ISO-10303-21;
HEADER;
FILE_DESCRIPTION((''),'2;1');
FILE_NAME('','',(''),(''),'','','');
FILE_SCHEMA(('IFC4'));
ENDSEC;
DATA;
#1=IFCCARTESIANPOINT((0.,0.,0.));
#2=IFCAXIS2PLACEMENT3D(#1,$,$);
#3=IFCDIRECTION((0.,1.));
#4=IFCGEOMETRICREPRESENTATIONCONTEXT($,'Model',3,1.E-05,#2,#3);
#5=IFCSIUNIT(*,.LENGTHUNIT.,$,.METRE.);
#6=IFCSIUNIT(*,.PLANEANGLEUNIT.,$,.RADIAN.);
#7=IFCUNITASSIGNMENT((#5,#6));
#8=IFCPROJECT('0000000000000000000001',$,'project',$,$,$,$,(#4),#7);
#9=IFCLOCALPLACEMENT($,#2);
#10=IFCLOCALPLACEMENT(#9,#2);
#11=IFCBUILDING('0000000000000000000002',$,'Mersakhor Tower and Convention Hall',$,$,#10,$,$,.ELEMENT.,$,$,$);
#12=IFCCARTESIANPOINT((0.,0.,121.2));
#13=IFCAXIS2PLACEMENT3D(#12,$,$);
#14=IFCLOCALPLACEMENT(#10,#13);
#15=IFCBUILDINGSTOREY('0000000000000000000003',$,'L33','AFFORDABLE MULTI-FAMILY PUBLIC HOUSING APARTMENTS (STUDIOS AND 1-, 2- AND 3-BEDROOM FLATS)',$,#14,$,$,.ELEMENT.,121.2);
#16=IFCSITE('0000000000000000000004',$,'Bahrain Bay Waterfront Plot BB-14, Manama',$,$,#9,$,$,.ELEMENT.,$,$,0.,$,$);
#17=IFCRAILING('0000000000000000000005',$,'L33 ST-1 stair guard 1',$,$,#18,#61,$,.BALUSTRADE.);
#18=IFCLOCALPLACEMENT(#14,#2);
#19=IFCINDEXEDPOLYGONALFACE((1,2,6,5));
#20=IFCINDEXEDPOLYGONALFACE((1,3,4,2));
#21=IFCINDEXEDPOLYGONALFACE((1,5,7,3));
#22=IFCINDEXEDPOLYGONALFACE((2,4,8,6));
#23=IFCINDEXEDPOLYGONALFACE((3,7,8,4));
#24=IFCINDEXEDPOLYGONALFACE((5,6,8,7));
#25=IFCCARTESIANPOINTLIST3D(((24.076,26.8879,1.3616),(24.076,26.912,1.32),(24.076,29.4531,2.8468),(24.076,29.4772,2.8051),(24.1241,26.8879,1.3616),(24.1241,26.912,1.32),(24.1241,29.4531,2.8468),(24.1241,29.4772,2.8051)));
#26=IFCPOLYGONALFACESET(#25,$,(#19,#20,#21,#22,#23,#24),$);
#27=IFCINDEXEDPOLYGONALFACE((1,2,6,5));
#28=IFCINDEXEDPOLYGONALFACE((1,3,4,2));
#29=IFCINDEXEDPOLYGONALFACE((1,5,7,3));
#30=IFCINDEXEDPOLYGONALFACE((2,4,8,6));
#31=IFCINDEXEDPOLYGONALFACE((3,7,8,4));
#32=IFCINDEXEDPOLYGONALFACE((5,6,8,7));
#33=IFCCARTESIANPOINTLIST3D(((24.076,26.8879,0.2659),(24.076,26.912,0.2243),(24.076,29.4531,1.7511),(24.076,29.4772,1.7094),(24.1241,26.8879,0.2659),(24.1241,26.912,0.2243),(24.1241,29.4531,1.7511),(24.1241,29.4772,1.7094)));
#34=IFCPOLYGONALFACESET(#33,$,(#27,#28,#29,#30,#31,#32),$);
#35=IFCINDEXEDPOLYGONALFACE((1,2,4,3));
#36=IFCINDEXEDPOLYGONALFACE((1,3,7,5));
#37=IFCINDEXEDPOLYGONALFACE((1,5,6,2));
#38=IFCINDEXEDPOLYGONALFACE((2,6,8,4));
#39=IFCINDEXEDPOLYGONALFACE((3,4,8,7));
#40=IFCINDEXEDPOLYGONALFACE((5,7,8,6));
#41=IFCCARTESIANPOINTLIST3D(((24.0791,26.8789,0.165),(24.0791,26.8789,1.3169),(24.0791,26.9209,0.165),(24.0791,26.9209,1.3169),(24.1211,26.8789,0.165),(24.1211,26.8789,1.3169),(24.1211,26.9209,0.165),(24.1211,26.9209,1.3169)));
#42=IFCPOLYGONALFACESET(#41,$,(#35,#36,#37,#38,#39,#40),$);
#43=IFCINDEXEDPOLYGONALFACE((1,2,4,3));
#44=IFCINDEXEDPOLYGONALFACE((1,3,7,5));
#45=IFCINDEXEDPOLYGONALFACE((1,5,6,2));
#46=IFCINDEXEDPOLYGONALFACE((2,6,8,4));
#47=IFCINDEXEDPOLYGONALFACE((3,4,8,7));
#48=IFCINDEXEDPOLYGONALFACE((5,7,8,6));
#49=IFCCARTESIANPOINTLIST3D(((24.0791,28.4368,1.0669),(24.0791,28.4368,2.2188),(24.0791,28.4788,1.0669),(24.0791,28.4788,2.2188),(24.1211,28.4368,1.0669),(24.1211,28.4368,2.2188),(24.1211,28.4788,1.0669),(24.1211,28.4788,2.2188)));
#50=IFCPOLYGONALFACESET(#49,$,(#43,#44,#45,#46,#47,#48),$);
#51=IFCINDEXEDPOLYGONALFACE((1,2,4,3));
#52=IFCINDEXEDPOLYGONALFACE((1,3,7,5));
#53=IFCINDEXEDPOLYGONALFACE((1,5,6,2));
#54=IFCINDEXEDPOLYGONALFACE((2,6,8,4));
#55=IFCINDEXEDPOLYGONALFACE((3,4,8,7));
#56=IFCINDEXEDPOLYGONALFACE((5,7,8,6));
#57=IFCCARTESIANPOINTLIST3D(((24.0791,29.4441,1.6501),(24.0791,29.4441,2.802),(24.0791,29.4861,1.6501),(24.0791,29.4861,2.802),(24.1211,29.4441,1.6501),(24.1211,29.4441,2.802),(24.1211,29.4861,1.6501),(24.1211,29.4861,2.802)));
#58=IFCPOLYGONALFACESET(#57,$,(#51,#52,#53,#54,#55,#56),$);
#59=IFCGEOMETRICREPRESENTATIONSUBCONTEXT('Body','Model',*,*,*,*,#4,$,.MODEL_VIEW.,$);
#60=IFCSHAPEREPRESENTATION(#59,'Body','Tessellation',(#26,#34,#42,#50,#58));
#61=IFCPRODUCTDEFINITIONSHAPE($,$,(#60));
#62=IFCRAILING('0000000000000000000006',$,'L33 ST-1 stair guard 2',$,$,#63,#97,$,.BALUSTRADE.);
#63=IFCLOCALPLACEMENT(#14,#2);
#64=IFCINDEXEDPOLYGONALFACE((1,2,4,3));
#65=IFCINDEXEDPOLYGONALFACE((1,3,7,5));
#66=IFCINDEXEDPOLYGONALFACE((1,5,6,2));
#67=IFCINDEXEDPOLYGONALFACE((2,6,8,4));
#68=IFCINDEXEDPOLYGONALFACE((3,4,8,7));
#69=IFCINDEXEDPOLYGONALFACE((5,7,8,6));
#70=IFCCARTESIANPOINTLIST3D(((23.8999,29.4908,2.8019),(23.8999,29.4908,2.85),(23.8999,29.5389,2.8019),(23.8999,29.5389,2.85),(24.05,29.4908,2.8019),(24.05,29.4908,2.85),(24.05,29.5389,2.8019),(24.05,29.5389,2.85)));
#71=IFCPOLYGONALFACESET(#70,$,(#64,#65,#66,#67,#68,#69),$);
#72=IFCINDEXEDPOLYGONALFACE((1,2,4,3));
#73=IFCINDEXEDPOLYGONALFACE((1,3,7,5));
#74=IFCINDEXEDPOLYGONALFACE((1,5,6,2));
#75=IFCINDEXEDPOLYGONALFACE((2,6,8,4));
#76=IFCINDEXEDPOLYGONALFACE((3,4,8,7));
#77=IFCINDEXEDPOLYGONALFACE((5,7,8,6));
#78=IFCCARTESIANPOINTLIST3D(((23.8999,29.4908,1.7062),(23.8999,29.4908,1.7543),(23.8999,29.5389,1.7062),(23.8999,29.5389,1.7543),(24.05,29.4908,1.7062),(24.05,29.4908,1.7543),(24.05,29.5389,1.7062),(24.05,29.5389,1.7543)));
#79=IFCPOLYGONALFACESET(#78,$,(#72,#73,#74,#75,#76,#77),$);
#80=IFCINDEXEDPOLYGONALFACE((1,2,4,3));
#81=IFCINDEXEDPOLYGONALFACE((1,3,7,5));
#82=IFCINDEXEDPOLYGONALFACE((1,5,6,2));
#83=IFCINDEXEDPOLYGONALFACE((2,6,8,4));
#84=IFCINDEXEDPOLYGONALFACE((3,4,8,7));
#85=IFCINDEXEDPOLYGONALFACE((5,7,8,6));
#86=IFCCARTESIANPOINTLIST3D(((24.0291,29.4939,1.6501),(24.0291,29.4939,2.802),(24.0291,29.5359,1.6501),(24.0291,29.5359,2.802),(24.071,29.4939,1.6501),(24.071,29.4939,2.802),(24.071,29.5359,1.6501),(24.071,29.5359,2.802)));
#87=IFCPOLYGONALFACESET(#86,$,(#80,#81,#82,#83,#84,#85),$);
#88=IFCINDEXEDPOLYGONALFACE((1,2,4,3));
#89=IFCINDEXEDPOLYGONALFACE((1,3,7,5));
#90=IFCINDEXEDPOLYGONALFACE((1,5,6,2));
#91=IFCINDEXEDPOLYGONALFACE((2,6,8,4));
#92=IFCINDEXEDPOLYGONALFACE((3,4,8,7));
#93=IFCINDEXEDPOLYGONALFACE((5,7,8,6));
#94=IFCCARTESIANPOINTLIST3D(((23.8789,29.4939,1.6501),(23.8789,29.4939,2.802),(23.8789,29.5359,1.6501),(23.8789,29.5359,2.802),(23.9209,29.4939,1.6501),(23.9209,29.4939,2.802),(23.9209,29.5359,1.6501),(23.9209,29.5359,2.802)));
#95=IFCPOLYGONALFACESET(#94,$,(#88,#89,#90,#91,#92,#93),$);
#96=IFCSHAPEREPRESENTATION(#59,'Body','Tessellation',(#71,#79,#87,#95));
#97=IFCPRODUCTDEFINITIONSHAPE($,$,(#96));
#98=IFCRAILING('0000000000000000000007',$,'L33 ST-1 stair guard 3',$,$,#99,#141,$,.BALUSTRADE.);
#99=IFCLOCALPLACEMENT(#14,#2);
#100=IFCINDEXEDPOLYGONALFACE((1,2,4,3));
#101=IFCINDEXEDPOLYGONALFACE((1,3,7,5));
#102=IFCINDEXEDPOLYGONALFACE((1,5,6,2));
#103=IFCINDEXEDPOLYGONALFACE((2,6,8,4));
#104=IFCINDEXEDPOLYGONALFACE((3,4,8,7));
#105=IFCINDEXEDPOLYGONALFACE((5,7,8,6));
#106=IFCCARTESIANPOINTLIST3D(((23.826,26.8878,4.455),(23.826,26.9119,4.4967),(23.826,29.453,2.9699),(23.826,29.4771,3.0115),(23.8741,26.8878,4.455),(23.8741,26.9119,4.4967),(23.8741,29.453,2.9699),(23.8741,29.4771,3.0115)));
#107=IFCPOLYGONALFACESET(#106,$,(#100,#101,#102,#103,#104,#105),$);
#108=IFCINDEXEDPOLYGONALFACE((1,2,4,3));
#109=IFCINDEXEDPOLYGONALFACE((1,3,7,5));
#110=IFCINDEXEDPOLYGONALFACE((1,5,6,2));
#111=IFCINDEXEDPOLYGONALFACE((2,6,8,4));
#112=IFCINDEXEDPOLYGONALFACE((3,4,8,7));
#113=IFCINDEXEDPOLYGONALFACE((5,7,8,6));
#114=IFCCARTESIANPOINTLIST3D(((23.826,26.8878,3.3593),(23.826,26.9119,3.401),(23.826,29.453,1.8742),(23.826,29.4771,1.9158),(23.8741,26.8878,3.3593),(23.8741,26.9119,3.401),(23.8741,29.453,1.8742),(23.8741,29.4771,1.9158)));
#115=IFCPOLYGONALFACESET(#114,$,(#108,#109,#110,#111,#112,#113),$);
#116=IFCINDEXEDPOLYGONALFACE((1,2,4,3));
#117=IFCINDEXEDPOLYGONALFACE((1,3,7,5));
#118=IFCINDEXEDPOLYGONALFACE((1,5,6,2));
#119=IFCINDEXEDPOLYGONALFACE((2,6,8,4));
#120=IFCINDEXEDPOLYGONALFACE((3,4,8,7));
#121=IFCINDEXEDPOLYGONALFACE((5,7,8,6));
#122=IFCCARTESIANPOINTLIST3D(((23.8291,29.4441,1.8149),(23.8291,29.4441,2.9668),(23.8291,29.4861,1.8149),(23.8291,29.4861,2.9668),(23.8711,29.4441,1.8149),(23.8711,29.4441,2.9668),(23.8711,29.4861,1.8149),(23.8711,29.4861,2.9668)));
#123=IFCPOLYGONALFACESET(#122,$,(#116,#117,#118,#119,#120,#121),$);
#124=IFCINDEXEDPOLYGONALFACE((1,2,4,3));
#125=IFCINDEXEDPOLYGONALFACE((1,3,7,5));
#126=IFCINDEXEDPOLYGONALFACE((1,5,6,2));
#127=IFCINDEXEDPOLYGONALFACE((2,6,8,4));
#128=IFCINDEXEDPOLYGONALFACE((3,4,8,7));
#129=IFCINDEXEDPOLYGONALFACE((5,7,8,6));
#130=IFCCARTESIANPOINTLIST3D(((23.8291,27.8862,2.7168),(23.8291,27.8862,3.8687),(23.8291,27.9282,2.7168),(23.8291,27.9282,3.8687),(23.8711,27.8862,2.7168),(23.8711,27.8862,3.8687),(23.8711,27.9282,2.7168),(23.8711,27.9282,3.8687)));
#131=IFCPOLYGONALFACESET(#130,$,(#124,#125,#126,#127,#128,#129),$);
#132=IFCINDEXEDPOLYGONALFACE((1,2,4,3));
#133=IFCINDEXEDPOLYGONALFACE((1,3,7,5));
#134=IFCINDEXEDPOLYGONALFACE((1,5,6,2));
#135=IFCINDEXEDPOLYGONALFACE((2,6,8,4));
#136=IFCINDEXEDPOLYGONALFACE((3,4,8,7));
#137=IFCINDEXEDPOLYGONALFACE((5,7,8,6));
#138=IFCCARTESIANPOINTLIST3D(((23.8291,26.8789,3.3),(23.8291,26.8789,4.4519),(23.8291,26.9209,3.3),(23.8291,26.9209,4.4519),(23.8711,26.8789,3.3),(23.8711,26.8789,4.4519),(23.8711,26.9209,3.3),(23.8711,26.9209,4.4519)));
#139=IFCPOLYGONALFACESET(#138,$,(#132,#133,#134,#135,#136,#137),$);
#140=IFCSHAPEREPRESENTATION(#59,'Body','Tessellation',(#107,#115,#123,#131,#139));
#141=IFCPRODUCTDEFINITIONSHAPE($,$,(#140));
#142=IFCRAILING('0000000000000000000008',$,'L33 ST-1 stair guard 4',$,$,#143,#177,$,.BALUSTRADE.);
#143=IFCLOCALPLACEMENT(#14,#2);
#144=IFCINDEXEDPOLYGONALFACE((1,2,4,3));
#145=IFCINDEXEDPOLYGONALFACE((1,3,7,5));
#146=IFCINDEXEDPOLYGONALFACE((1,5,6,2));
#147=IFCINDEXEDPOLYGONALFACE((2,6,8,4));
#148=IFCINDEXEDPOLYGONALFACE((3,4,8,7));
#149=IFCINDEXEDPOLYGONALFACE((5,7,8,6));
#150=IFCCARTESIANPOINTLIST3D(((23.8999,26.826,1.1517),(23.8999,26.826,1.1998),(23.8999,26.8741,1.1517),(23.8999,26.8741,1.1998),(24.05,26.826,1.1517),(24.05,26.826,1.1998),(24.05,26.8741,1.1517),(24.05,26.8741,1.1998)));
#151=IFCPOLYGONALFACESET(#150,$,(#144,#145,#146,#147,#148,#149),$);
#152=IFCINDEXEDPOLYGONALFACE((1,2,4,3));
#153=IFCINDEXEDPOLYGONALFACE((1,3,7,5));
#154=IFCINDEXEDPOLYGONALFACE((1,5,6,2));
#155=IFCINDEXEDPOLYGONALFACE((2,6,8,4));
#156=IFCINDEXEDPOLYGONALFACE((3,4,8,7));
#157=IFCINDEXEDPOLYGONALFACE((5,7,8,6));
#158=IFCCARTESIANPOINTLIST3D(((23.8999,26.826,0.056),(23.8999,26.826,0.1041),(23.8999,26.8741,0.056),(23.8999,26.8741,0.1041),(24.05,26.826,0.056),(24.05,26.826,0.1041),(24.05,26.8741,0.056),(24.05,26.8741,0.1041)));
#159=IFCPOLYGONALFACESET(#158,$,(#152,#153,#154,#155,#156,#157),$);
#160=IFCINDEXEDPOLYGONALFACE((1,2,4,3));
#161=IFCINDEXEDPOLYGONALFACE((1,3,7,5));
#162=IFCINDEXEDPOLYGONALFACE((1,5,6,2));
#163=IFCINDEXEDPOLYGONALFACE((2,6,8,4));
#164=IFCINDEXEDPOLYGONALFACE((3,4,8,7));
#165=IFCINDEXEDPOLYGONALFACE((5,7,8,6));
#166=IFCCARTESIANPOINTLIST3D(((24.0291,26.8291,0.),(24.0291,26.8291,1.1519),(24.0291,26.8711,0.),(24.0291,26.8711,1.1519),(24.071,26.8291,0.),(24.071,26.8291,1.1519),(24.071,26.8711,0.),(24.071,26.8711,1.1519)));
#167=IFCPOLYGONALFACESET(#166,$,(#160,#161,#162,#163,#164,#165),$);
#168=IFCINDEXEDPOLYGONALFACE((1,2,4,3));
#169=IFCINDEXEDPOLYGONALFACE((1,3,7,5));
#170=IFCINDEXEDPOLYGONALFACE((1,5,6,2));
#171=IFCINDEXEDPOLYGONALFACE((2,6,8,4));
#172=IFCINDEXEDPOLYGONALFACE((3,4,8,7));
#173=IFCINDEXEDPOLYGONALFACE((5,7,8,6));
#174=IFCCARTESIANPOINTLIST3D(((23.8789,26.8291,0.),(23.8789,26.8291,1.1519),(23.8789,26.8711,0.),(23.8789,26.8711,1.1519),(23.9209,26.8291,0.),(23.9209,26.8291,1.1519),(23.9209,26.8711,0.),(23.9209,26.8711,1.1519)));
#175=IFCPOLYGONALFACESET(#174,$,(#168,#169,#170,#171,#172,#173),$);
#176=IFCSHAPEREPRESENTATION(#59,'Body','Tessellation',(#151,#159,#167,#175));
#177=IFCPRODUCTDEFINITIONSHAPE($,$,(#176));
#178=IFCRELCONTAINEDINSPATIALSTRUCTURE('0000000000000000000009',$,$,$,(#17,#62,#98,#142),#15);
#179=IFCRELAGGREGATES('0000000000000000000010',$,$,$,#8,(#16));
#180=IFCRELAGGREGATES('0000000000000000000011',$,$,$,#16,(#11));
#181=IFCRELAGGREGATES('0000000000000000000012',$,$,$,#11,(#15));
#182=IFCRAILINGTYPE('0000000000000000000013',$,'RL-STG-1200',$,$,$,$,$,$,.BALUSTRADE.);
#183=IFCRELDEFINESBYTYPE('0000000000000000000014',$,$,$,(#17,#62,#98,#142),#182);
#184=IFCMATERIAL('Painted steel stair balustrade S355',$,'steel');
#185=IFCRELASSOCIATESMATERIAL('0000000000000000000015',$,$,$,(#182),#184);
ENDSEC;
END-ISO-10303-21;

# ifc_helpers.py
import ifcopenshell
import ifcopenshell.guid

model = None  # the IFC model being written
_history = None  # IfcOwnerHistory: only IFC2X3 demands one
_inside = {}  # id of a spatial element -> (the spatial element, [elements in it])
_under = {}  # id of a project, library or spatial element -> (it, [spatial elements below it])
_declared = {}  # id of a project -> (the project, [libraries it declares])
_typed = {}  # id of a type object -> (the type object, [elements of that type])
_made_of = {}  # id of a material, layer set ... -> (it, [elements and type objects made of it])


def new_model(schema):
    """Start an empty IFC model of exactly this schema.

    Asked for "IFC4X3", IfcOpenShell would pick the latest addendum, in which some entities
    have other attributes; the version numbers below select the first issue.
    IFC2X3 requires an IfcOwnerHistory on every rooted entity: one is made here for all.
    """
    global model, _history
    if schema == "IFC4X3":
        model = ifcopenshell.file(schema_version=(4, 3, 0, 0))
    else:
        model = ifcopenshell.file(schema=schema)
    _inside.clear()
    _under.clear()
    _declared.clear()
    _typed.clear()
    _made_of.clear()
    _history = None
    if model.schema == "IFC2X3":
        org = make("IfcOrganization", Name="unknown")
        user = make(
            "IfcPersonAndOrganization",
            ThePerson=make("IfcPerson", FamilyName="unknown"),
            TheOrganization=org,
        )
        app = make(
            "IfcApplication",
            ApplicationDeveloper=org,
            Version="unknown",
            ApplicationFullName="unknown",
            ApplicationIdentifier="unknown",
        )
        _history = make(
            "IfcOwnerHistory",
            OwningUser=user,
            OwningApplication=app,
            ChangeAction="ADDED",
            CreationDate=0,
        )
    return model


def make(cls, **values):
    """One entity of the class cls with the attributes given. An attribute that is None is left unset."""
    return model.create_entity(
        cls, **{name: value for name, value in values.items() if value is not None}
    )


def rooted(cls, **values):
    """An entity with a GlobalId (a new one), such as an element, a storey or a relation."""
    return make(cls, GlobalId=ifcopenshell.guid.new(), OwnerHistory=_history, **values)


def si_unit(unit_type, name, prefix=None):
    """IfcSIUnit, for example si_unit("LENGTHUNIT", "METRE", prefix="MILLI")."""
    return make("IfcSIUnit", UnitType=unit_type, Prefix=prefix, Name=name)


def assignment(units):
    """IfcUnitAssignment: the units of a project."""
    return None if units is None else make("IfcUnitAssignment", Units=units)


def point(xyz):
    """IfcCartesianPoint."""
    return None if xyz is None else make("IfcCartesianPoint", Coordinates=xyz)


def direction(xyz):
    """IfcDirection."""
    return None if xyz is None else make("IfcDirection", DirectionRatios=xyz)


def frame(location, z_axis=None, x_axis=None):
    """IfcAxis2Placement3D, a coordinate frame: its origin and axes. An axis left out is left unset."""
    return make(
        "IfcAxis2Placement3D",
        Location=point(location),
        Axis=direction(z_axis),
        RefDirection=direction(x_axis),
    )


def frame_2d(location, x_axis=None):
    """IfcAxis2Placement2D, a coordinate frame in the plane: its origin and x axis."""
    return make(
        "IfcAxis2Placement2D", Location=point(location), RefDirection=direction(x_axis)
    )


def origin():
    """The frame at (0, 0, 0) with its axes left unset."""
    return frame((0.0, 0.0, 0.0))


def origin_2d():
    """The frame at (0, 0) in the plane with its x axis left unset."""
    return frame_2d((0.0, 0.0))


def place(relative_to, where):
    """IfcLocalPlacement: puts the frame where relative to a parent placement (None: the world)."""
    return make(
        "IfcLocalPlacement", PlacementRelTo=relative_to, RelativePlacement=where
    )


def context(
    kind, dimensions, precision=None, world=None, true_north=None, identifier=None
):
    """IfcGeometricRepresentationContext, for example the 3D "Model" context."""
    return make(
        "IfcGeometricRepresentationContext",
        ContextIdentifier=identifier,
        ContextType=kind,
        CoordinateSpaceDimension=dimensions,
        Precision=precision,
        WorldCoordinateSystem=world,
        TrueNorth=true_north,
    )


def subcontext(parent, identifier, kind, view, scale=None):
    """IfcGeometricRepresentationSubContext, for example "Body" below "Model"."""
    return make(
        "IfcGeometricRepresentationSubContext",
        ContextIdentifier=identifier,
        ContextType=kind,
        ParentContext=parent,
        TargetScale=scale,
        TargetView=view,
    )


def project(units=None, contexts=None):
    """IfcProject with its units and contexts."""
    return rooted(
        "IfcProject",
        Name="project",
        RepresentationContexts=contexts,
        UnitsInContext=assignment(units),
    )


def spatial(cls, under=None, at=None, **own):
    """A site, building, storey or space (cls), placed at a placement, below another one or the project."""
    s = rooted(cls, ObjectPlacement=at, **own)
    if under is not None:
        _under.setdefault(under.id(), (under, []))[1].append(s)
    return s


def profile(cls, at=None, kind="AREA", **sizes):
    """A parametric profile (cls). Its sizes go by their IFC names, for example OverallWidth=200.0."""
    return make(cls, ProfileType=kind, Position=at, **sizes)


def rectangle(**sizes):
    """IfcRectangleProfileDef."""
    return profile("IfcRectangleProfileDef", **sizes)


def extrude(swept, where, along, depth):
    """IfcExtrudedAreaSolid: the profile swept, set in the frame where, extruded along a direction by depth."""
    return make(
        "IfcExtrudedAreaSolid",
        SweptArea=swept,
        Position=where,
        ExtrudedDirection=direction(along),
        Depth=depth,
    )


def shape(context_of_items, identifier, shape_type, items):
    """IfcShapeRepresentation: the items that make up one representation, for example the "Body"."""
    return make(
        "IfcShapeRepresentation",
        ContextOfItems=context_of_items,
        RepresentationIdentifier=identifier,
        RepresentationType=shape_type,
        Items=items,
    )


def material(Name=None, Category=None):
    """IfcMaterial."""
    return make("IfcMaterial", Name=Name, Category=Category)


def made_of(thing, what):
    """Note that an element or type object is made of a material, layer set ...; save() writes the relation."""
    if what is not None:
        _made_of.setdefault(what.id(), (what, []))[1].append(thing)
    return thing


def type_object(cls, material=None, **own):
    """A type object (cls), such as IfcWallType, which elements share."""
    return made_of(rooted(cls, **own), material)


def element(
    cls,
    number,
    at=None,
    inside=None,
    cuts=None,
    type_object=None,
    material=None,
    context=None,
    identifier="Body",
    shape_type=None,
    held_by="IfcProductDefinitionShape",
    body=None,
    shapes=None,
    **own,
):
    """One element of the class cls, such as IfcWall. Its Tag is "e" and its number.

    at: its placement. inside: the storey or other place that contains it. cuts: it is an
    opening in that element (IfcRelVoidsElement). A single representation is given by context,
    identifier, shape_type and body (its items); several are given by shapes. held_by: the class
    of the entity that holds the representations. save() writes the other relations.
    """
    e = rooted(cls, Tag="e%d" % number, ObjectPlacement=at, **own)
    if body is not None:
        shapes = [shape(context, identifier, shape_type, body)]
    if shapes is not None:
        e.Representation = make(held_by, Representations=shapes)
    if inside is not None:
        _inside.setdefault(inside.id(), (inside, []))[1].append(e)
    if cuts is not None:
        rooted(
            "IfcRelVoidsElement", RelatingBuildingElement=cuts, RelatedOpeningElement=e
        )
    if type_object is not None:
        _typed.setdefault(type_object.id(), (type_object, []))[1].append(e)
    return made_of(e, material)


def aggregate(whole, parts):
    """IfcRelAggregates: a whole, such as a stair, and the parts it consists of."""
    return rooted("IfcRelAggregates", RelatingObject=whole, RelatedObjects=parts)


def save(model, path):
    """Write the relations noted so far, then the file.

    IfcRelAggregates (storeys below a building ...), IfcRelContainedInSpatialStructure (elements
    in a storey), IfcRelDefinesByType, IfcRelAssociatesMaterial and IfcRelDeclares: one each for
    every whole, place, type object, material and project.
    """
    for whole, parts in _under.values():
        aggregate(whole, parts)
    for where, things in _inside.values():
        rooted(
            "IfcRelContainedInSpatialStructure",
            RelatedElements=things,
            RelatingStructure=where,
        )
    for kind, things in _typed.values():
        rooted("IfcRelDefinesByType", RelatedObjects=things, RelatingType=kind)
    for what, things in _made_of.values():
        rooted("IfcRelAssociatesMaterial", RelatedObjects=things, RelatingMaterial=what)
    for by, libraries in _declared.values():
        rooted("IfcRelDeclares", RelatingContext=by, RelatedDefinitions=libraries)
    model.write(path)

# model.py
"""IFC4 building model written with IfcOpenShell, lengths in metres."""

from ifc_helpers import new_model, si_unit, direction, frame, origin, origin_2d, place, context, subcontext, project, spatial, rectangle, extrude, material, type_object, element, save


model = new_model("IFC4")

# Units and contexts
model_context = context("Model", 3, precision=1e-05, world=origin(), true_north=direction((0.0, 1.0)))
body_context = subcontext(model_context, "Body", "Model", "MODEL_VIEW")
ifc_project = project(units=[si_unit("LENGTHUNIT", "METRE"), si_unit("PLANEANGLEUNIT", "RADIAN")], contexts=[model_context])

# Site, building, storey
site_placement = place(None, origin())
site = spatial("IfcSite", under=ifc_project, at=site_placement, Name="Bahrain Bay Waterfront Plot BB-14, Manama", CompositionType="ELEMENT", RefElevation=0.0)
building_placement = place(site_placement, origin())
building = spatial("IfcBuilding", under=site, at=building_placement, Name="Mersakhor Tower and Convention Hall", CompositionType="ELEMENT")
storey_placement = place(building_placement, frame((0.0, 0.0, 121.2)))
storey = spatial("IfcBuildingStorey", under=building, at=storey_placement, Name="L33", Description="AFFORDABLE MULTI-FAMILY PUBLIC HOUSING APARTMENTS (STUDIOS AND 1-, 2- AND 3-BEDROOM FLATS)", CompositionType="ELEMENT", Elevation=121.2)

# Railings
ifc_material_1 = material(Name="Painted steel stair balustrade S355", Category="steel")
railing_type_1 = type_object("IfcRailingType", Name="RL-STG-1200", PredefinedType="BALUSTRADE", material=ifc_material_1)
railing_1_placement = place(storey_placement, frame((24.1001, 26.8999, 0.165)))
element("IfcRailing", 1, at=railing_1_placement, inside=storey, type_object=railing_type_1, Name="L33 ST-1 stair guard 1", PredefinedType="BALUSTRADE", context=body_context, shape_type="SweptSolid", body=[
    extrude(rectangle(XDim=0.0481, YDim=0.0481, at=origin_2d()), frame((0.0, 0.0, 1.1758), z_axis=(0.0, 0.865426, 0.501036), x_axis=(-1.0, 0.0, 0.0)), (0.0, 0.0, 1.0), 2.9641),
    extrude(rectangle(XDim=0.0481, YDim=0.0481, at=origin_2d()), frame((0.0, 0.0, 0.0801), z_axis=(0.0, 0.865426, 0.501036), x_axis=(-1.0, 0.0, 0.0)), (0.0, 0.0, 1.0), 2.9641),
    extrude(rectangle(XDim=0.042, YDim=0.042, at=origin_2d()), origin(), (0.0, 0.0, 1.0), 1.1519),
    extrude(rectangle(XDim=0.042, YDim=0.042, at=origin_2d()), frame((0.0, 1.5579, 0.9019)), (0.0, 0.0, 1.0), 1.1519),
    extrude(rectangle(XDim=0.042, YDim=0.042, at=origin_2d()), frame((0.0, 2.5652, 1.4851)), (0.0, 0.0, 1.0), 1.1519),
])
railing_2_placement = place(storey_placement, frame((24.05, 29.5149, 1.6501)))
element("IfcRailing", 2, at=railing_2_placement, inside=storey, type_object=railing_type_1, Name="L33 ST-1 stair guard 2", PredefinedType="BALUSTRADE", context=body_context, shape_type="SweptSolid", body=[
    extrude(rectangle(XDim=0.0481, YDim=0.0481, at=origin_2d()), frame((0.0, 0.0, 1.1758), z_axis=(-1.0, 0.0, 0.0), x_axis=(0.0, -1.0, 0.0)), (0.0, 0.0, 1.0), 0.1501),
    extrude(rectangle(XDim=0.0481, YDim=0.0481, at=origin_2d()), frame((0.0, 0.0, 0.0801), z_axis=(-1.0, 0.0, 0.0), x_axis=(0.0, -1.0, 0.0)), (0.0, 0.0, 1.0), 0.1501),
    extrude(rectangle(XDim=0.042, YDim=0.042, at=origin_2d()), origin(), (0.0, 0.0, 1.0), 1.1519),
    extrude(rectangle(XDim=0.042, YDim=0.042, at=origin_2d()), frame((-0.1501, 0.0, 0.0)), (0.0, 0.0, 1.0), 1.1519),
])
railing_3_placement = place(storey_placement, frame((23.8501, 29.4651, 1.8149)))
element("IfcRailing", 3, at=railing_3_placement, inside=storey, type_object=railing_type_1, Name="L33 ST-1 stair guard 3", PredefinedType="BALUSTRADE", context=body_context, shape_type="SweptSolid", body=[
    extrude(rectangle(XDim=0.0481, YDim=0.0481, at=origin_2d()), frame((0.0, 0.0, 1.1758), z_axis=(0.0, -0.865426, 0.501036), x_axis=(1.0, 0.0, 0.0)), (0.0, 0.0, 1.0), 2.9641),
    extrude(rectangle(XDim=0.0481, YDim=0.0481, at=origin_2d()), frame((0.0, 0.0, 0.0801), z_axis=(0.0, -0.865426, 0.501036), x_axis=(1.0, 0.0, 0.0)), (0.0, 0.0, 1.0), 2.9641),
    extrude(rectangle(XDim=0.042, YDim=0.042, at=origin_2d()), origin(), (0.0, 0.0, 1.0), 1.1519),
    extrude(rectangle(XDim=0.042, YDim=0.042, at=origin_2d()), frame((0.0, -1.5579, 0.9019)), (0.0, 0.0, 1.0), 1.1519),
    extrude(rectangle(XDim=0.042, YDim=0.042, at=origin_2d()), frame((0.0, -2.5652, 1.4851)), (0.0, 0.0, 1.0), 1.1519),
])
railing_4_placement = place(storey_placement, frame((24.05, 26.8501, 0.0)))
element("IfcRailing", 4, at=railing_4_placement, inside=storey, type_object=railing_type_1, Name="L33 ST-1 stair guard 4", PredefinedType="BALUSTRADE", context=body_context, shape_type="SweptSolid", body=[
    extrude(rectangle(XDim=0.0481, YDim=0.0481, at=origin_2d()), frame((0.0, 0.0, 1.1758), z_axis=(-1.0, 0.0, 0.0), x_axis=(0.0, -1.0, 0.0)), (0.0, 0.0, 1.0), 0.1501),
    extrude(rectangle(XDim=0.0481, YDim=0.0481, at=origin_2d()), frame((0.0, 0.0, 0.0801), z_axis=(-1.0, 0.0, 0.0), x_axis=(0.0, -1.0, 0.0)), (0.0, 0.0, 1.0), 0.1501),
    extrude(rectangle(XDim=0.042, YDim=0.042, at=origin_2d()), origin(), (0.0, 0.0, 1.0), 1.1519),
    extrude(rectangle(XDim=0.042, YDim=0.042, at=origin_2d()), frame((-0.1501, 0.0, 0.0)), (0.0, 0.0, 1.0), 1.1519),
])

save(model, "model.ifc")
